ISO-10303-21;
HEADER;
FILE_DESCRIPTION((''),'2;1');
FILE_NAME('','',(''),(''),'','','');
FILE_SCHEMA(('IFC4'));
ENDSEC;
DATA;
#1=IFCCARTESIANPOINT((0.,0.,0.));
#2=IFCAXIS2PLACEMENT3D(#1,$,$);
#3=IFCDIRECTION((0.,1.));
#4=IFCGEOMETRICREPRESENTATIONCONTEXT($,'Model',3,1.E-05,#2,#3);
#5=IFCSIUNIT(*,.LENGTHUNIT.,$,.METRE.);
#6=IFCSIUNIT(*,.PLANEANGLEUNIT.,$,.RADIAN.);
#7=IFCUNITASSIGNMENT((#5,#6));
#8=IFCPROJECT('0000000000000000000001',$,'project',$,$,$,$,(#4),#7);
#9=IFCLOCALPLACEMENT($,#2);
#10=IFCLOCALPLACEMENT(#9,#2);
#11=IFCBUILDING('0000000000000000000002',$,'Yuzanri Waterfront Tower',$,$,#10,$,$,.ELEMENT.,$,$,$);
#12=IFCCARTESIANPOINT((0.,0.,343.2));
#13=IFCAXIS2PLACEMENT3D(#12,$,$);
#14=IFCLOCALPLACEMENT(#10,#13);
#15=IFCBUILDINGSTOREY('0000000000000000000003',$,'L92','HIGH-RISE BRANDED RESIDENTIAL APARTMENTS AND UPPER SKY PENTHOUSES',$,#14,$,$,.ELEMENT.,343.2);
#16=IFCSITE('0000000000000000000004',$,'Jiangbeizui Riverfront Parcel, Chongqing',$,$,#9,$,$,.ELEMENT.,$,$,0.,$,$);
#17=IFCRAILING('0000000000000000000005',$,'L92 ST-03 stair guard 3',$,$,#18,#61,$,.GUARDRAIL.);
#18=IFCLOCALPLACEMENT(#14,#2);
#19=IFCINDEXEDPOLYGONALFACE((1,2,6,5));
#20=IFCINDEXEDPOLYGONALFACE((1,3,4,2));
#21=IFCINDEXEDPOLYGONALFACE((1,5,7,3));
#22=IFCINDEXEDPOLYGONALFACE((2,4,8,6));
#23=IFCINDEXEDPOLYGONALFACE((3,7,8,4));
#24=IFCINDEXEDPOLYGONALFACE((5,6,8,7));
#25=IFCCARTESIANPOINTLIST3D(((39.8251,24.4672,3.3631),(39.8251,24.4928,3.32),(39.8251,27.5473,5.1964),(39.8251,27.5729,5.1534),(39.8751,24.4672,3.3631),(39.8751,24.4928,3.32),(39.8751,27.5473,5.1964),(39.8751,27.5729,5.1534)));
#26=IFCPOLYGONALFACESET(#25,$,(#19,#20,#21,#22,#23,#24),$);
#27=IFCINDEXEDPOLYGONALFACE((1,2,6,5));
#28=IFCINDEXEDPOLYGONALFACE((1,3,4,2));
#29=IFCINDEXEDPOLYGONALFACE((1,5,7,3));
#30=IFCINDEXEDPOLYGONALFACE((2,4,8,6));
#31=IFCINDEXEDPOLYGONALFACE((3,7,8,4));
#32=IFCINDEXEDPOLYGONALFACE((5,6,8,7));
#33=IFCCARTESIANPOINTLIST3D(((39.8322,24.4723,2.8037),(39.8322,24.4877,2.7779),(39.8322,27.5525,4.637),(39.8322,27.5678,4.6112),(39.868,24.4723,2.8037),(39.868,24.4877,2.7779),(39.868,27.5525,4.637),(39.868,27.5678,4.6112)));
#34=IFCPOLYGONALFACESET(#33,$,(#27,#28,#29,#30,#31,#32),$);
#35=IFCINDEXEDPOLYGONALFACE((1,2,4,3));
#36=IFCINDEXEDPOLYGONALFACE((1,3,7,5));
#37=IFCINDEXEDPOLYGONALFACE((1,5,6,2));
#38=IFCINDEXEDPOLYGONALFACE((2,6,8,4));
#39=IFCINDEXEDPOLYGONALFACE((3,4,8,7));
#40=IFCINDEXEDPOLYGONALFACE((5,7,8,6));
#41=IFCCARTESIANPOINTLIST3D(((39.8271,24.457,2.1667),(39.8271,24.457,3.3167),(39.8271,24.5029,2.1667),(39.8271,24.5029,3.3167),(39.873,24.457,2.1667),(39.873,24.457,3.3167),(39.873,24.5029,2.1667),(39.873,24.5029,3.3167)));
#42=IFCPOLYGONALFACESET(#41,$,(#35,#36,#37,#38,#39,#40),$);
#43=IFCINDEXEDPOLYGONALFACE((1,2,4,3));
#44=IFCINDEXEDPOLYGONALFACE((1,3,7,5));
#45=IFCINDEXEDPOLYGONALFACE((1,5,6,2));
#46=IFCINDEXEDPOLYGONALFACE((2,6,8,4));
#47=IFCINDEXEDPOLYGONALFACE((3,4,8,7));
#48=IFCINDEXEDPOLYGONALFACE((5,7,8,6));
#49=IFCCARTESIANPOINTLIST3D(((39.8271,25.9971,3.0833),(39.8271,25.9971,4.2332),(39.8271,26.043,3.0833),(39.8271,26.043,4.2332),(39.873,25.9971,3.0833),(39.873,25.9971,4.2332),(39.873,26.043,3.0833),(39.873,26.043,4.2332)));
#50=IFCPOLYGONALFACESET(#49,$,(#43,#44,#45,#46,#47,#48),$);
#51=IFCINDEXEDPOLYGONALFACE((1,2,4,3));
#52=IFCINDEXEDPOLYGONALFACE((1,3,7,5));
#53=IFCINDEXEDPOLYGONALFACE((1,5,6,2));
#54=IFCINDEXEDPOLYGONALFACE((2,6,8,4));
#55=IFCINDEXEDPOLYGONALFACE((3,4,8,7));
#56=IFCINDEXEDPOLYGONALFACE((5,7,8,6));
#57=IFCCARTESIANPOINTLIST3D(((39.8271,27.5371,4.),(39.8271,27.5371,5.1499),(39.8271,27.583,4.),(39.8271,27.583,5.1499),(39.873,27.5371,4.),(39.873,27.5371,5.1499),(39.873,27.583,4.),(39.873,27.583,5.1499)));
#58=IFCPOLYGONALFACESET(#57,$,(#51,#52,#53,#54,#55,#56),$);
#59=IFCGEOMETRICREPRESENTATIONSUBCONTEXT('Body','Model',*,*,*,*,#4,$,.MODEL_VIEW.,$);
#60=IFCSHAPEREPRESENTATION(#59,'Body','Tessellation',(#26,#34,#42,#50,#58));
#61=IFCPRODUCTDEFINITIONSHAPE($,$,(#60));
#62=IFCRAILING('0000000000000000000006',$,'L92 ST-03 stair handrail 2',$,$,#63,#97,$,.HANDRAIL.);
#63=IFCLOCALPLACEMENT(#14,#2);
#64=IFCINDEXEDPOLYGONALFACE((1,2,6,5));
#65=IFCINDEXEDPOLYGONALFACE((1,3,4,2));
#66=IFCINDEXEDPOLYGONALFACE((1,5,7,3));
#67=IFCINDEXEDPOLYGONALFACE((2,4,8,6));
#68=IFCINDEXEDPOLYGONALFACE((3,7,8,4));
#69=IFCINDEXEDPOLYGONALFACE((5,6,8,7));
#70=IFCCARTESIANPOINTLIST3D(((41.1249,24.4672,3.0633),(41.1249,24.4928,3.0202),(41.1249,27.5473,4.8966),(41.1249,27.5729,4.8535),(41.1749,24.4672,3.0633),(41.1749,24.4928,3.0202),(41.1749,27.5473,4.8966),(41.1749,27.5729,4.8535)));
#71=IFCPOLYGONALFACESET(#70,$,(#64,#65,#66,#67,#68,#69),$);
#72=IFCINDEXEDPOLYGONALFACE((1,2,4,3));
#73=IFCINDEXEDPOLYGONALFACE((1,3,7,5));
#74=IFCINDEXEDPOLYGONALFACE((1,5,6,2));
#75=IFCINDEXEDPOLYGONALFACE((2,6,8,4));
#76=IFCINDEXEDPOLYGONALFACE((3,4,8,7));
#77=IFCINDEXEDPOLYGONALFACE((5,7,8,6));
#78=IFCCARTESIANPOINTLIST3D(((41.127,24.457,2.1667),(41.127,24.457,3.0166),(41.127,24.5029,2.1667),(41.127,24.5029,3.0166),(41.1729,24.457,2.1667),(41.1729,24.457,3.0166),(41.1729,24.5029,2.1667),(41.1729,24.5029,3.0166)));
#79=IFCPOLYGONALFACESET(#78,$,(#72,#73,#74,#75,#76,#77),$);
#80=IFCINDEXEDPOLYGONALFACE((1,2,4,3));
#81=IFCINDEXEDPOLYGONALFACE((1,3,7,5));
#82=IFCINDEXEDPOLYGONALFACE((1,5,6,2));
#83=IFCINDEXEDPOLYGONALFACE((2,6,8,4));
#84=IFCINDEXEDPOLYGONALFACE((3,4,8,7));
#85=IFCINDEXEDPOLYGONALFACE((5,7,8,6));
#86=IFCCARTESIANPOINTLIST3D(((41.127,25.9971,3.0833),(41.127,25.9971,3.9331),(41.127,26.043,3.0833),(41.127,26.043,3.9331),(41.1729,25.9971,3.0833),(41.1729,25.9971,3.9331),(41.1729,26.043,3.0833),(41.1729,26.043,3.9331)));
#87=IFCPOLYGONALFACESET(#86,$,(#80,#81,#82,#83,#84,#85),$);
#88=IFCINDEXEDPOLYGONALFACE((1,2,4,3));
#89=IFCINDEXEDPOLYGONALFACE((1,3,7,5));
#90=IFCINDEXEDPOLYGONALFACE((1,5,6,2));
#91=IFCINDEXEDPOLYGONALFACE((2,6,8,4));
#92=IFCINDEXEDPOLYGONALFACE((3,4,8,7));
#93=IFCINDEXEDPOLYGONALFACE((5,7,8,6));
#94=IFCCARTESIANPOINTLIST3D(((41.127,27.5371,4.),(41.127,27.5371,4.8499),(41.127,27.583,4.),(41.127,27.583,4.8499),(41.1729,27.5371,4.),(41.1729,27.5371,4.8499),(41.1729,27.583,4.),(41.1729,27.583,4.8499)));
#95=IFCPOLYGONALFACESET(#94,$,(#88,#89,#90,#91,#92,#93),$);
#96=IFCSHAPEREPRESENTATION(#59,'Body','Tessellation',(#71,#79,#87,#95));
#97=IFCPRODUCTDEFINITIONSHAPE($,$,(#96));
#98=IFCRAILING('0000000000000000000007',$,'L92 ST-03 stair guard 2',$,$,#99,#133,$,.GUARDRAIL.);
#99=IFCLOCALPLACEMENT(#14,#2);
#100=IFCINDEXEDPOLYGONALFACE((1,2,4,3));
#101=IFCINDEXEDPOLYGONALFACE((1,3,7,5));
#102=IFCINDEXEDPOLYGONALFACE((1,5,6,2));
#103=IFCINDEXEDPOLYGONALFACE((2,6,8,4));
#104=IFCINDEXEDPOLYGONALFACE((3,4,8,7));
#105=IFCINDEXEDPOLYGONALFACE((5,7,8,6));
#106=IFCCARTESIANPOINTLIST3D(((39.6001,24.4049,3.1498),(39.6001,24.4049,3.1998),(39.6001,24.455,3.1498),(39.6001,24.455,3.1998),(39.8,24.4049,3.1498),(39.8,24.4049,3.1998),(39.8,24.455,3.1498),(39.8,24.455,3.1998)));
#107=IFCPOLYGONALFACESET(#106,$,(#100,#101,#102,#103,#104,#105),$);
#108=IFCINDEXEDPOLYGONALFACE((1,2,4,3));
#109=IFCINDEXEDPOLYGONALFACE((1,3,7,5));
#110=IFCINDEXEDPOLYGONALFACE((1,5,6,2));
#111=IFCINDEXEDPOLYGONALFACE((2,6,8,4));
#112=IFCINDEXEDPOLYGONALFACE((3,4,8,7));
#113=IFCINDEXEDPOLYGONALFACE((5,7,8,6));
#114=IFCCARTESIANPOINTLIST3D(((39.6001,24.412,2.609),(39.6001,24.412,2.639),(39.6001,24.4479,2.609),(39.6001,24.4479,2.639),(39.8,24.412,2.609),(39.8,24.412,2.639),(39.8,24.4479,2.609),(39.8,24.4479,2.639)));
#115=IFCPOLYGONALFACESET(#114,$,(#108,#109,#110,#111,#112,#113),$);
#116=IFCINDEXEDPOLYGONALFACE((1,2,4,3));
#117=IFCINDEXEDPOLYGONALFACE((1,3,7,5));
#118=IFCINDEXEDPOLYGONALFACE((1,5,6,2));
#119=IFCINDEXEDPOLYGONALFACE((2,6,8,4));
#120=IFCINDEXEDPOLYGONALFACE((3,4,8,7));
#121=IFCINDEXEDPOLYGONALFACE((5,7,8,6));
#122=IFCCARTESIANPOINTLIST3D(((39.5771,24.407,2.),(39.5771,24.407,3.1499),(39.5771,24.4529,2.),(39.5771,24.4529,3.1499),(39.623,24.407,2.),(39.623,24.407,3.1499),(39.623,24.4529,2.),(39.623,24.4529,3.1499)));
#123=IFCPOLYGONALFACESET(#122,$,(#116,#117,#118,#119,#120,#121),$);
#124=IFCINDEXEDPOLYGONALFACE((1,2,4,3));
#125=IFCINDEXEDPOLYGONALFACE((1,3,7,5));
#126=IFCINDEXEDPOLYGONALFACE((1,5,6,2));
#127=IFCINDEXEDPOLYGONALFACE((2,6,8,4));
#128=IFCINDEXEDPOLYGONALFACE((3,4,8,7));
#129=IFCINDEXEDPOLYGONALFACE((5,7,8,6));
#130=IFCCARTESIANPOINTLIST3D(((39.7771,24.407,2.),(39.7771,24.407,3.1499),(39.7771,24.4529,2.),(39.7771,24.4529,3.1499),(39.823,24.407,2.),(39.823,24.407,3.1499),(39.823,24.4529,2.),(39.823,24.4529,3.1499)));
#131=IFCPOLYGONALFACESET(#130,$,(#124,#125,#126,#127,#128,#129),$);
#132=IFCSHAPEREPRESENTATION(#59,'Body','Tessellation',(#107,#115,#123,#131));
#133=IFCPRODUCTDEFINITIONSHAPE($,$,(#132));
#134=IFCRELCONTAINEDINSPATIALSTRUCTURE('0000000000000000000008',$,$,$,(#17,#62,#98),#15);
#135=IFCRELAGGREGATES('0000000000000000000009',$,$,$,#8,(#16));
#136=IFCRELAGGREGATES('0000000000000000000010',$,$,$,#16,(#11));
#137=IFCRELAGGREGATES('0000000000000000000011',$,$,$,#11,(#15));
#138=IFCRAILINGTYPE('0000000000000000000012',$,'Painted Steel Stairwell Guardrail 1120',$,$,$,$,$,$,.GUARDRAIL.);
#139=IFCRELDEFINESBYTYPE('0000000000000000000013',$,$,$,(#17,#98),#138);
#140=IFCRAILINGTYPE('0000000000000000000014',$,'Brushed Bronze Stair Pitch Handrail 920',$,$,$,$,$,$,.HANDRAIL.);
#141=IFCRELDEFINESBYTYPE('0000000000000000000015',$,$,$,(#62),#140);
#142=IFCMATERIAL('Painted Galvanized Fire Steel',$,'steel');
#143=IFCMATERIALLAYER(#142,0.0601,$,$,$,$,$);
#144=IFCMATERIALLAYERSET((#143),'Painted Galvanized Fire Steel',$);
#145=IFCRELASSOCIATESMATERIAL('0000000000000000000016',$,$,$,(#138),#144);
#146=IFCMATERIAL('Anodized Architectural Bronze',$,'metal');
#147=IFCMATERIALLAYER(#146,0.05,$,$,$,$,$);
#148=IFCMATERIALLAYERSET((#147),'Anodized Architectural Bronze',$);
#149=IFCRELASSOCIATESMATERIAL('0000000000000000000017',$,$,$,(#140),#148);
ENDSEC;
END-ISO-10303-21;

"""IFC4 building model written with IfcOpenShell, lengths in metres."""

from ifc_helpers import new_model, si_unit, direction, frame, origin, origin_2d, place, context, subcontext, project, spatial, rectangle, extrude, source, transform, mapped, material, layer, layer_set, type_object, element, save


model = new_model("IFC4")

# Units and contexts
model_context = context("Model", 3, precision=1e-05, world=origin(), true_north=direction((0.0, 1.0)))
body_context = subcontext(model_context, "Body", "Model", "MODEL_VIEW")
ifc_project = project(units=[si_unit("LENGTHUNIT", "METRE"), si_unit("PLANEANGLEUNIT", "RADIAN")], contexts=[model_context])

# Site, building, storey
site_placement = place(None, origin())
site = spatial("IfcSite", under=ifc_project, at=site_placement, Name="Jiangbeizui Riverfront Parcel, Chongqing", CompositionType="ELEMENT", RefElevation=0.0)
building_placement = place(site_placement, origin())
building = spatial("IfcBuilding", under=site, at=building_placement, Name="Yuzanri Waterfront Tower", CompositionType="ELEMENT")
storey_placement = place(building_placement, frame((0.0, 0.0, 343.2)))
storey = spatial("IfcBuildingStorey", under=building, at=storey_placement, Name="L92", Description="HIGH-RISE BRANDED RESIDENTIAL APARTMENTS AND UPPER SKY PENTHOUSES", CompositionType="ELEMENT", Elevation=343.2)

# Railings
ifc_material_1 = material(Name="Painted Galvanized Fire Steel", Category="steel")
ifc_layer_1 = layer(ifc_material_1, 0.0601)
ifc_layer_set_1 = layer_set([ifc_layer_1], Name="Painted Galvanized Fire Steel")
railing_type_1 = type_object("IfcRailingType", Name="Painted Steel Stairwell Guardrail 1120", PredefinedType="GUARDRAIL", material=ifc_layer_set_1)
shared_shape_1 = source(origin(), body_context, "Body", "SweptSolid", [
    extrude(rectangle(XDim=0.05, YDim=0.05, at=origin_2d()), frame((0.0, 0.0, 1.1748), z_axis=(0.0, 0.859309, 0.511458), x_axis=(-1.0, 0.0, 0.0)), (0.0, 0.0, 1.0), 3.5845),
    extrude(rectangle(XDim=0.0359, YDim=0.03, at=origin_2d()), frame((0.0, 0.0, 0.624), z_axis=(0.0, 0.859309, 0.511458), x_axis=(-1.0, 0.0, 0.0)), (0.0, 0.0, 1.0), 3.5845),
    extrude(rectangle(XDim=0.0459, YDim=0.0459, at=origin_2d()), origin(), (0.0, 0.0, 1.0), 1.1499),
    extrude(rectangle(XDim=0.0459, YDim=0.0459, at=origin_2d()), frame((0.0, 1.54, 0.9165)), (0.0, 0.0, 1.0), 1.1499),
    extrude(rectangle(XDim=0.0459, YDim=0.0459, at=origin_2d()), frame((0.0, 3.0801, 1.8333)), (0.0, 0.0, 1.0), 1.1499),
])
railing_1_placement = place(storey_placement, frame((39.8501, 24.48, 2.1667)))
element("IfcRailing", 1, at=railing_1_placement, inside=storey, type_object=railing_type_1, Name="L92 ST-03 stair guard 3", PredefinedType="GUARDRAIL", context=body_context, shape_type="MappedRepresentation", body=[
    mapped(shared_shape_1, transform((0.0, 0.0, 0.0), scale=1.0)),
])
ifc_material_2 = material(Name="Anodized Architectural Bronze", Category="metal")
ifc_layer_2 = layer(ifc_material_2, 0.05)
ifc_layer_set_2 = layer_set([ifc_layer_2], Name="Anodized Architectural Bronze")
railing_type_2 = type_object("IfcRailingType", Name="Brushed Bronze Stair Pitch Handrail 920", PredefinedType="HANDRAIL", material=ifc_layer_set_2)
shared_shape_2 = source(origin(), body_context, "Body", "SweptSolid", [
    extrude(rectangle(XDim=0.05, YDim=0.05, at=origin_2d()), frame((0.0, 0.0, 0.875), z_axis=(0.0, 0.859309, 0.511458), x_axis=(-1.0, 0.0, 0.0)), (0.0, 0.0, 1.0), 3.5845),
    extrude(rectangle(XDim=0.0459, YDim=0.0459, at=origin_2d()), origin(), (0.0, 0.0, 1.0), 0.8499),
    extrude(rectangle(XDim=0.0459, YDim=0.0459, at=origin_2d()), frame((0.0, 1.54, 0.9165)), (0.0, 0.0, 1.0), 0.8499),
    extrude(rectangle(XDim=0.0459, YDim=0.0459, at=origin_2d()), frame((0.0, 3.0801, 1.8333)), (0.0, 0.0, 1.0), 0.8499),
])
railing_2_placement = place(storey_placement, frame((41.1499, 24.48, 2.1667)))
element("IfcRailing", 2, at=railing_2_placement, inside=storey, type_object=railing_type_2, Name="L92 ST-03 stair handrail 2", PredefinedType="HANDRAIL", context=body_context, shape_type="MappedRepresentation", body=[
    mapped(shared_shape_2, transform((0.0, 0.0, 0.0), scale=1.0)),
])
shared_shape_3 = source(origin(), body_context, "Body", "SweptSolid", [
    extrude(rectangle(XDim=0.05, YDim=0.05, at=origin_2d()), frame((0.0, 0.0, 1.1748), z_axis=(1.0, 0.0, 0.0), x_axis=(0.0, 1.0, 0.0)), (0.0, 0.0, 1.0), 0.2),
    extrude(rectangle(XDim=0.0359, YDim=0.03, at=origin_2d()), frame((0.0, 0.0, 0.624), z_axis=(1.0, 0.0, 0.0), x_axis=(0.0, 1.0, 0.0)), (0.0, 0.0, 1.0), 0.2),
    extrude(rectangle(XDim=0.0459, YDim=0.0459, at=origin_2d()), origin(), (0.0, 0.0, 1.0), 1.1499),
    extrude(rectangle(XDim=0.0459, YDim=0.0459, at=origin_2d()), frame((0.2, 0.0, 0.0)), (0.0, 0.0, 1.0), 1.1499),
])
railing_3_placement = place(storey_placement, frame((39.6001, 24.4299, 2.0)))
element("IfcRailing", 3, at=railing_3_placement, inside=storey, type_object=railing_type_1, Name="L92 ST-03 stair guard 2", PredefinedType="GUARDRAIL", context=body_context, shape_type="MappedRepresentation", body=[
    mapped(shared_shape_3, transform((0.0, 0.0, 0.0), scale=1.0)),
])

save(model, "model.ifc")
